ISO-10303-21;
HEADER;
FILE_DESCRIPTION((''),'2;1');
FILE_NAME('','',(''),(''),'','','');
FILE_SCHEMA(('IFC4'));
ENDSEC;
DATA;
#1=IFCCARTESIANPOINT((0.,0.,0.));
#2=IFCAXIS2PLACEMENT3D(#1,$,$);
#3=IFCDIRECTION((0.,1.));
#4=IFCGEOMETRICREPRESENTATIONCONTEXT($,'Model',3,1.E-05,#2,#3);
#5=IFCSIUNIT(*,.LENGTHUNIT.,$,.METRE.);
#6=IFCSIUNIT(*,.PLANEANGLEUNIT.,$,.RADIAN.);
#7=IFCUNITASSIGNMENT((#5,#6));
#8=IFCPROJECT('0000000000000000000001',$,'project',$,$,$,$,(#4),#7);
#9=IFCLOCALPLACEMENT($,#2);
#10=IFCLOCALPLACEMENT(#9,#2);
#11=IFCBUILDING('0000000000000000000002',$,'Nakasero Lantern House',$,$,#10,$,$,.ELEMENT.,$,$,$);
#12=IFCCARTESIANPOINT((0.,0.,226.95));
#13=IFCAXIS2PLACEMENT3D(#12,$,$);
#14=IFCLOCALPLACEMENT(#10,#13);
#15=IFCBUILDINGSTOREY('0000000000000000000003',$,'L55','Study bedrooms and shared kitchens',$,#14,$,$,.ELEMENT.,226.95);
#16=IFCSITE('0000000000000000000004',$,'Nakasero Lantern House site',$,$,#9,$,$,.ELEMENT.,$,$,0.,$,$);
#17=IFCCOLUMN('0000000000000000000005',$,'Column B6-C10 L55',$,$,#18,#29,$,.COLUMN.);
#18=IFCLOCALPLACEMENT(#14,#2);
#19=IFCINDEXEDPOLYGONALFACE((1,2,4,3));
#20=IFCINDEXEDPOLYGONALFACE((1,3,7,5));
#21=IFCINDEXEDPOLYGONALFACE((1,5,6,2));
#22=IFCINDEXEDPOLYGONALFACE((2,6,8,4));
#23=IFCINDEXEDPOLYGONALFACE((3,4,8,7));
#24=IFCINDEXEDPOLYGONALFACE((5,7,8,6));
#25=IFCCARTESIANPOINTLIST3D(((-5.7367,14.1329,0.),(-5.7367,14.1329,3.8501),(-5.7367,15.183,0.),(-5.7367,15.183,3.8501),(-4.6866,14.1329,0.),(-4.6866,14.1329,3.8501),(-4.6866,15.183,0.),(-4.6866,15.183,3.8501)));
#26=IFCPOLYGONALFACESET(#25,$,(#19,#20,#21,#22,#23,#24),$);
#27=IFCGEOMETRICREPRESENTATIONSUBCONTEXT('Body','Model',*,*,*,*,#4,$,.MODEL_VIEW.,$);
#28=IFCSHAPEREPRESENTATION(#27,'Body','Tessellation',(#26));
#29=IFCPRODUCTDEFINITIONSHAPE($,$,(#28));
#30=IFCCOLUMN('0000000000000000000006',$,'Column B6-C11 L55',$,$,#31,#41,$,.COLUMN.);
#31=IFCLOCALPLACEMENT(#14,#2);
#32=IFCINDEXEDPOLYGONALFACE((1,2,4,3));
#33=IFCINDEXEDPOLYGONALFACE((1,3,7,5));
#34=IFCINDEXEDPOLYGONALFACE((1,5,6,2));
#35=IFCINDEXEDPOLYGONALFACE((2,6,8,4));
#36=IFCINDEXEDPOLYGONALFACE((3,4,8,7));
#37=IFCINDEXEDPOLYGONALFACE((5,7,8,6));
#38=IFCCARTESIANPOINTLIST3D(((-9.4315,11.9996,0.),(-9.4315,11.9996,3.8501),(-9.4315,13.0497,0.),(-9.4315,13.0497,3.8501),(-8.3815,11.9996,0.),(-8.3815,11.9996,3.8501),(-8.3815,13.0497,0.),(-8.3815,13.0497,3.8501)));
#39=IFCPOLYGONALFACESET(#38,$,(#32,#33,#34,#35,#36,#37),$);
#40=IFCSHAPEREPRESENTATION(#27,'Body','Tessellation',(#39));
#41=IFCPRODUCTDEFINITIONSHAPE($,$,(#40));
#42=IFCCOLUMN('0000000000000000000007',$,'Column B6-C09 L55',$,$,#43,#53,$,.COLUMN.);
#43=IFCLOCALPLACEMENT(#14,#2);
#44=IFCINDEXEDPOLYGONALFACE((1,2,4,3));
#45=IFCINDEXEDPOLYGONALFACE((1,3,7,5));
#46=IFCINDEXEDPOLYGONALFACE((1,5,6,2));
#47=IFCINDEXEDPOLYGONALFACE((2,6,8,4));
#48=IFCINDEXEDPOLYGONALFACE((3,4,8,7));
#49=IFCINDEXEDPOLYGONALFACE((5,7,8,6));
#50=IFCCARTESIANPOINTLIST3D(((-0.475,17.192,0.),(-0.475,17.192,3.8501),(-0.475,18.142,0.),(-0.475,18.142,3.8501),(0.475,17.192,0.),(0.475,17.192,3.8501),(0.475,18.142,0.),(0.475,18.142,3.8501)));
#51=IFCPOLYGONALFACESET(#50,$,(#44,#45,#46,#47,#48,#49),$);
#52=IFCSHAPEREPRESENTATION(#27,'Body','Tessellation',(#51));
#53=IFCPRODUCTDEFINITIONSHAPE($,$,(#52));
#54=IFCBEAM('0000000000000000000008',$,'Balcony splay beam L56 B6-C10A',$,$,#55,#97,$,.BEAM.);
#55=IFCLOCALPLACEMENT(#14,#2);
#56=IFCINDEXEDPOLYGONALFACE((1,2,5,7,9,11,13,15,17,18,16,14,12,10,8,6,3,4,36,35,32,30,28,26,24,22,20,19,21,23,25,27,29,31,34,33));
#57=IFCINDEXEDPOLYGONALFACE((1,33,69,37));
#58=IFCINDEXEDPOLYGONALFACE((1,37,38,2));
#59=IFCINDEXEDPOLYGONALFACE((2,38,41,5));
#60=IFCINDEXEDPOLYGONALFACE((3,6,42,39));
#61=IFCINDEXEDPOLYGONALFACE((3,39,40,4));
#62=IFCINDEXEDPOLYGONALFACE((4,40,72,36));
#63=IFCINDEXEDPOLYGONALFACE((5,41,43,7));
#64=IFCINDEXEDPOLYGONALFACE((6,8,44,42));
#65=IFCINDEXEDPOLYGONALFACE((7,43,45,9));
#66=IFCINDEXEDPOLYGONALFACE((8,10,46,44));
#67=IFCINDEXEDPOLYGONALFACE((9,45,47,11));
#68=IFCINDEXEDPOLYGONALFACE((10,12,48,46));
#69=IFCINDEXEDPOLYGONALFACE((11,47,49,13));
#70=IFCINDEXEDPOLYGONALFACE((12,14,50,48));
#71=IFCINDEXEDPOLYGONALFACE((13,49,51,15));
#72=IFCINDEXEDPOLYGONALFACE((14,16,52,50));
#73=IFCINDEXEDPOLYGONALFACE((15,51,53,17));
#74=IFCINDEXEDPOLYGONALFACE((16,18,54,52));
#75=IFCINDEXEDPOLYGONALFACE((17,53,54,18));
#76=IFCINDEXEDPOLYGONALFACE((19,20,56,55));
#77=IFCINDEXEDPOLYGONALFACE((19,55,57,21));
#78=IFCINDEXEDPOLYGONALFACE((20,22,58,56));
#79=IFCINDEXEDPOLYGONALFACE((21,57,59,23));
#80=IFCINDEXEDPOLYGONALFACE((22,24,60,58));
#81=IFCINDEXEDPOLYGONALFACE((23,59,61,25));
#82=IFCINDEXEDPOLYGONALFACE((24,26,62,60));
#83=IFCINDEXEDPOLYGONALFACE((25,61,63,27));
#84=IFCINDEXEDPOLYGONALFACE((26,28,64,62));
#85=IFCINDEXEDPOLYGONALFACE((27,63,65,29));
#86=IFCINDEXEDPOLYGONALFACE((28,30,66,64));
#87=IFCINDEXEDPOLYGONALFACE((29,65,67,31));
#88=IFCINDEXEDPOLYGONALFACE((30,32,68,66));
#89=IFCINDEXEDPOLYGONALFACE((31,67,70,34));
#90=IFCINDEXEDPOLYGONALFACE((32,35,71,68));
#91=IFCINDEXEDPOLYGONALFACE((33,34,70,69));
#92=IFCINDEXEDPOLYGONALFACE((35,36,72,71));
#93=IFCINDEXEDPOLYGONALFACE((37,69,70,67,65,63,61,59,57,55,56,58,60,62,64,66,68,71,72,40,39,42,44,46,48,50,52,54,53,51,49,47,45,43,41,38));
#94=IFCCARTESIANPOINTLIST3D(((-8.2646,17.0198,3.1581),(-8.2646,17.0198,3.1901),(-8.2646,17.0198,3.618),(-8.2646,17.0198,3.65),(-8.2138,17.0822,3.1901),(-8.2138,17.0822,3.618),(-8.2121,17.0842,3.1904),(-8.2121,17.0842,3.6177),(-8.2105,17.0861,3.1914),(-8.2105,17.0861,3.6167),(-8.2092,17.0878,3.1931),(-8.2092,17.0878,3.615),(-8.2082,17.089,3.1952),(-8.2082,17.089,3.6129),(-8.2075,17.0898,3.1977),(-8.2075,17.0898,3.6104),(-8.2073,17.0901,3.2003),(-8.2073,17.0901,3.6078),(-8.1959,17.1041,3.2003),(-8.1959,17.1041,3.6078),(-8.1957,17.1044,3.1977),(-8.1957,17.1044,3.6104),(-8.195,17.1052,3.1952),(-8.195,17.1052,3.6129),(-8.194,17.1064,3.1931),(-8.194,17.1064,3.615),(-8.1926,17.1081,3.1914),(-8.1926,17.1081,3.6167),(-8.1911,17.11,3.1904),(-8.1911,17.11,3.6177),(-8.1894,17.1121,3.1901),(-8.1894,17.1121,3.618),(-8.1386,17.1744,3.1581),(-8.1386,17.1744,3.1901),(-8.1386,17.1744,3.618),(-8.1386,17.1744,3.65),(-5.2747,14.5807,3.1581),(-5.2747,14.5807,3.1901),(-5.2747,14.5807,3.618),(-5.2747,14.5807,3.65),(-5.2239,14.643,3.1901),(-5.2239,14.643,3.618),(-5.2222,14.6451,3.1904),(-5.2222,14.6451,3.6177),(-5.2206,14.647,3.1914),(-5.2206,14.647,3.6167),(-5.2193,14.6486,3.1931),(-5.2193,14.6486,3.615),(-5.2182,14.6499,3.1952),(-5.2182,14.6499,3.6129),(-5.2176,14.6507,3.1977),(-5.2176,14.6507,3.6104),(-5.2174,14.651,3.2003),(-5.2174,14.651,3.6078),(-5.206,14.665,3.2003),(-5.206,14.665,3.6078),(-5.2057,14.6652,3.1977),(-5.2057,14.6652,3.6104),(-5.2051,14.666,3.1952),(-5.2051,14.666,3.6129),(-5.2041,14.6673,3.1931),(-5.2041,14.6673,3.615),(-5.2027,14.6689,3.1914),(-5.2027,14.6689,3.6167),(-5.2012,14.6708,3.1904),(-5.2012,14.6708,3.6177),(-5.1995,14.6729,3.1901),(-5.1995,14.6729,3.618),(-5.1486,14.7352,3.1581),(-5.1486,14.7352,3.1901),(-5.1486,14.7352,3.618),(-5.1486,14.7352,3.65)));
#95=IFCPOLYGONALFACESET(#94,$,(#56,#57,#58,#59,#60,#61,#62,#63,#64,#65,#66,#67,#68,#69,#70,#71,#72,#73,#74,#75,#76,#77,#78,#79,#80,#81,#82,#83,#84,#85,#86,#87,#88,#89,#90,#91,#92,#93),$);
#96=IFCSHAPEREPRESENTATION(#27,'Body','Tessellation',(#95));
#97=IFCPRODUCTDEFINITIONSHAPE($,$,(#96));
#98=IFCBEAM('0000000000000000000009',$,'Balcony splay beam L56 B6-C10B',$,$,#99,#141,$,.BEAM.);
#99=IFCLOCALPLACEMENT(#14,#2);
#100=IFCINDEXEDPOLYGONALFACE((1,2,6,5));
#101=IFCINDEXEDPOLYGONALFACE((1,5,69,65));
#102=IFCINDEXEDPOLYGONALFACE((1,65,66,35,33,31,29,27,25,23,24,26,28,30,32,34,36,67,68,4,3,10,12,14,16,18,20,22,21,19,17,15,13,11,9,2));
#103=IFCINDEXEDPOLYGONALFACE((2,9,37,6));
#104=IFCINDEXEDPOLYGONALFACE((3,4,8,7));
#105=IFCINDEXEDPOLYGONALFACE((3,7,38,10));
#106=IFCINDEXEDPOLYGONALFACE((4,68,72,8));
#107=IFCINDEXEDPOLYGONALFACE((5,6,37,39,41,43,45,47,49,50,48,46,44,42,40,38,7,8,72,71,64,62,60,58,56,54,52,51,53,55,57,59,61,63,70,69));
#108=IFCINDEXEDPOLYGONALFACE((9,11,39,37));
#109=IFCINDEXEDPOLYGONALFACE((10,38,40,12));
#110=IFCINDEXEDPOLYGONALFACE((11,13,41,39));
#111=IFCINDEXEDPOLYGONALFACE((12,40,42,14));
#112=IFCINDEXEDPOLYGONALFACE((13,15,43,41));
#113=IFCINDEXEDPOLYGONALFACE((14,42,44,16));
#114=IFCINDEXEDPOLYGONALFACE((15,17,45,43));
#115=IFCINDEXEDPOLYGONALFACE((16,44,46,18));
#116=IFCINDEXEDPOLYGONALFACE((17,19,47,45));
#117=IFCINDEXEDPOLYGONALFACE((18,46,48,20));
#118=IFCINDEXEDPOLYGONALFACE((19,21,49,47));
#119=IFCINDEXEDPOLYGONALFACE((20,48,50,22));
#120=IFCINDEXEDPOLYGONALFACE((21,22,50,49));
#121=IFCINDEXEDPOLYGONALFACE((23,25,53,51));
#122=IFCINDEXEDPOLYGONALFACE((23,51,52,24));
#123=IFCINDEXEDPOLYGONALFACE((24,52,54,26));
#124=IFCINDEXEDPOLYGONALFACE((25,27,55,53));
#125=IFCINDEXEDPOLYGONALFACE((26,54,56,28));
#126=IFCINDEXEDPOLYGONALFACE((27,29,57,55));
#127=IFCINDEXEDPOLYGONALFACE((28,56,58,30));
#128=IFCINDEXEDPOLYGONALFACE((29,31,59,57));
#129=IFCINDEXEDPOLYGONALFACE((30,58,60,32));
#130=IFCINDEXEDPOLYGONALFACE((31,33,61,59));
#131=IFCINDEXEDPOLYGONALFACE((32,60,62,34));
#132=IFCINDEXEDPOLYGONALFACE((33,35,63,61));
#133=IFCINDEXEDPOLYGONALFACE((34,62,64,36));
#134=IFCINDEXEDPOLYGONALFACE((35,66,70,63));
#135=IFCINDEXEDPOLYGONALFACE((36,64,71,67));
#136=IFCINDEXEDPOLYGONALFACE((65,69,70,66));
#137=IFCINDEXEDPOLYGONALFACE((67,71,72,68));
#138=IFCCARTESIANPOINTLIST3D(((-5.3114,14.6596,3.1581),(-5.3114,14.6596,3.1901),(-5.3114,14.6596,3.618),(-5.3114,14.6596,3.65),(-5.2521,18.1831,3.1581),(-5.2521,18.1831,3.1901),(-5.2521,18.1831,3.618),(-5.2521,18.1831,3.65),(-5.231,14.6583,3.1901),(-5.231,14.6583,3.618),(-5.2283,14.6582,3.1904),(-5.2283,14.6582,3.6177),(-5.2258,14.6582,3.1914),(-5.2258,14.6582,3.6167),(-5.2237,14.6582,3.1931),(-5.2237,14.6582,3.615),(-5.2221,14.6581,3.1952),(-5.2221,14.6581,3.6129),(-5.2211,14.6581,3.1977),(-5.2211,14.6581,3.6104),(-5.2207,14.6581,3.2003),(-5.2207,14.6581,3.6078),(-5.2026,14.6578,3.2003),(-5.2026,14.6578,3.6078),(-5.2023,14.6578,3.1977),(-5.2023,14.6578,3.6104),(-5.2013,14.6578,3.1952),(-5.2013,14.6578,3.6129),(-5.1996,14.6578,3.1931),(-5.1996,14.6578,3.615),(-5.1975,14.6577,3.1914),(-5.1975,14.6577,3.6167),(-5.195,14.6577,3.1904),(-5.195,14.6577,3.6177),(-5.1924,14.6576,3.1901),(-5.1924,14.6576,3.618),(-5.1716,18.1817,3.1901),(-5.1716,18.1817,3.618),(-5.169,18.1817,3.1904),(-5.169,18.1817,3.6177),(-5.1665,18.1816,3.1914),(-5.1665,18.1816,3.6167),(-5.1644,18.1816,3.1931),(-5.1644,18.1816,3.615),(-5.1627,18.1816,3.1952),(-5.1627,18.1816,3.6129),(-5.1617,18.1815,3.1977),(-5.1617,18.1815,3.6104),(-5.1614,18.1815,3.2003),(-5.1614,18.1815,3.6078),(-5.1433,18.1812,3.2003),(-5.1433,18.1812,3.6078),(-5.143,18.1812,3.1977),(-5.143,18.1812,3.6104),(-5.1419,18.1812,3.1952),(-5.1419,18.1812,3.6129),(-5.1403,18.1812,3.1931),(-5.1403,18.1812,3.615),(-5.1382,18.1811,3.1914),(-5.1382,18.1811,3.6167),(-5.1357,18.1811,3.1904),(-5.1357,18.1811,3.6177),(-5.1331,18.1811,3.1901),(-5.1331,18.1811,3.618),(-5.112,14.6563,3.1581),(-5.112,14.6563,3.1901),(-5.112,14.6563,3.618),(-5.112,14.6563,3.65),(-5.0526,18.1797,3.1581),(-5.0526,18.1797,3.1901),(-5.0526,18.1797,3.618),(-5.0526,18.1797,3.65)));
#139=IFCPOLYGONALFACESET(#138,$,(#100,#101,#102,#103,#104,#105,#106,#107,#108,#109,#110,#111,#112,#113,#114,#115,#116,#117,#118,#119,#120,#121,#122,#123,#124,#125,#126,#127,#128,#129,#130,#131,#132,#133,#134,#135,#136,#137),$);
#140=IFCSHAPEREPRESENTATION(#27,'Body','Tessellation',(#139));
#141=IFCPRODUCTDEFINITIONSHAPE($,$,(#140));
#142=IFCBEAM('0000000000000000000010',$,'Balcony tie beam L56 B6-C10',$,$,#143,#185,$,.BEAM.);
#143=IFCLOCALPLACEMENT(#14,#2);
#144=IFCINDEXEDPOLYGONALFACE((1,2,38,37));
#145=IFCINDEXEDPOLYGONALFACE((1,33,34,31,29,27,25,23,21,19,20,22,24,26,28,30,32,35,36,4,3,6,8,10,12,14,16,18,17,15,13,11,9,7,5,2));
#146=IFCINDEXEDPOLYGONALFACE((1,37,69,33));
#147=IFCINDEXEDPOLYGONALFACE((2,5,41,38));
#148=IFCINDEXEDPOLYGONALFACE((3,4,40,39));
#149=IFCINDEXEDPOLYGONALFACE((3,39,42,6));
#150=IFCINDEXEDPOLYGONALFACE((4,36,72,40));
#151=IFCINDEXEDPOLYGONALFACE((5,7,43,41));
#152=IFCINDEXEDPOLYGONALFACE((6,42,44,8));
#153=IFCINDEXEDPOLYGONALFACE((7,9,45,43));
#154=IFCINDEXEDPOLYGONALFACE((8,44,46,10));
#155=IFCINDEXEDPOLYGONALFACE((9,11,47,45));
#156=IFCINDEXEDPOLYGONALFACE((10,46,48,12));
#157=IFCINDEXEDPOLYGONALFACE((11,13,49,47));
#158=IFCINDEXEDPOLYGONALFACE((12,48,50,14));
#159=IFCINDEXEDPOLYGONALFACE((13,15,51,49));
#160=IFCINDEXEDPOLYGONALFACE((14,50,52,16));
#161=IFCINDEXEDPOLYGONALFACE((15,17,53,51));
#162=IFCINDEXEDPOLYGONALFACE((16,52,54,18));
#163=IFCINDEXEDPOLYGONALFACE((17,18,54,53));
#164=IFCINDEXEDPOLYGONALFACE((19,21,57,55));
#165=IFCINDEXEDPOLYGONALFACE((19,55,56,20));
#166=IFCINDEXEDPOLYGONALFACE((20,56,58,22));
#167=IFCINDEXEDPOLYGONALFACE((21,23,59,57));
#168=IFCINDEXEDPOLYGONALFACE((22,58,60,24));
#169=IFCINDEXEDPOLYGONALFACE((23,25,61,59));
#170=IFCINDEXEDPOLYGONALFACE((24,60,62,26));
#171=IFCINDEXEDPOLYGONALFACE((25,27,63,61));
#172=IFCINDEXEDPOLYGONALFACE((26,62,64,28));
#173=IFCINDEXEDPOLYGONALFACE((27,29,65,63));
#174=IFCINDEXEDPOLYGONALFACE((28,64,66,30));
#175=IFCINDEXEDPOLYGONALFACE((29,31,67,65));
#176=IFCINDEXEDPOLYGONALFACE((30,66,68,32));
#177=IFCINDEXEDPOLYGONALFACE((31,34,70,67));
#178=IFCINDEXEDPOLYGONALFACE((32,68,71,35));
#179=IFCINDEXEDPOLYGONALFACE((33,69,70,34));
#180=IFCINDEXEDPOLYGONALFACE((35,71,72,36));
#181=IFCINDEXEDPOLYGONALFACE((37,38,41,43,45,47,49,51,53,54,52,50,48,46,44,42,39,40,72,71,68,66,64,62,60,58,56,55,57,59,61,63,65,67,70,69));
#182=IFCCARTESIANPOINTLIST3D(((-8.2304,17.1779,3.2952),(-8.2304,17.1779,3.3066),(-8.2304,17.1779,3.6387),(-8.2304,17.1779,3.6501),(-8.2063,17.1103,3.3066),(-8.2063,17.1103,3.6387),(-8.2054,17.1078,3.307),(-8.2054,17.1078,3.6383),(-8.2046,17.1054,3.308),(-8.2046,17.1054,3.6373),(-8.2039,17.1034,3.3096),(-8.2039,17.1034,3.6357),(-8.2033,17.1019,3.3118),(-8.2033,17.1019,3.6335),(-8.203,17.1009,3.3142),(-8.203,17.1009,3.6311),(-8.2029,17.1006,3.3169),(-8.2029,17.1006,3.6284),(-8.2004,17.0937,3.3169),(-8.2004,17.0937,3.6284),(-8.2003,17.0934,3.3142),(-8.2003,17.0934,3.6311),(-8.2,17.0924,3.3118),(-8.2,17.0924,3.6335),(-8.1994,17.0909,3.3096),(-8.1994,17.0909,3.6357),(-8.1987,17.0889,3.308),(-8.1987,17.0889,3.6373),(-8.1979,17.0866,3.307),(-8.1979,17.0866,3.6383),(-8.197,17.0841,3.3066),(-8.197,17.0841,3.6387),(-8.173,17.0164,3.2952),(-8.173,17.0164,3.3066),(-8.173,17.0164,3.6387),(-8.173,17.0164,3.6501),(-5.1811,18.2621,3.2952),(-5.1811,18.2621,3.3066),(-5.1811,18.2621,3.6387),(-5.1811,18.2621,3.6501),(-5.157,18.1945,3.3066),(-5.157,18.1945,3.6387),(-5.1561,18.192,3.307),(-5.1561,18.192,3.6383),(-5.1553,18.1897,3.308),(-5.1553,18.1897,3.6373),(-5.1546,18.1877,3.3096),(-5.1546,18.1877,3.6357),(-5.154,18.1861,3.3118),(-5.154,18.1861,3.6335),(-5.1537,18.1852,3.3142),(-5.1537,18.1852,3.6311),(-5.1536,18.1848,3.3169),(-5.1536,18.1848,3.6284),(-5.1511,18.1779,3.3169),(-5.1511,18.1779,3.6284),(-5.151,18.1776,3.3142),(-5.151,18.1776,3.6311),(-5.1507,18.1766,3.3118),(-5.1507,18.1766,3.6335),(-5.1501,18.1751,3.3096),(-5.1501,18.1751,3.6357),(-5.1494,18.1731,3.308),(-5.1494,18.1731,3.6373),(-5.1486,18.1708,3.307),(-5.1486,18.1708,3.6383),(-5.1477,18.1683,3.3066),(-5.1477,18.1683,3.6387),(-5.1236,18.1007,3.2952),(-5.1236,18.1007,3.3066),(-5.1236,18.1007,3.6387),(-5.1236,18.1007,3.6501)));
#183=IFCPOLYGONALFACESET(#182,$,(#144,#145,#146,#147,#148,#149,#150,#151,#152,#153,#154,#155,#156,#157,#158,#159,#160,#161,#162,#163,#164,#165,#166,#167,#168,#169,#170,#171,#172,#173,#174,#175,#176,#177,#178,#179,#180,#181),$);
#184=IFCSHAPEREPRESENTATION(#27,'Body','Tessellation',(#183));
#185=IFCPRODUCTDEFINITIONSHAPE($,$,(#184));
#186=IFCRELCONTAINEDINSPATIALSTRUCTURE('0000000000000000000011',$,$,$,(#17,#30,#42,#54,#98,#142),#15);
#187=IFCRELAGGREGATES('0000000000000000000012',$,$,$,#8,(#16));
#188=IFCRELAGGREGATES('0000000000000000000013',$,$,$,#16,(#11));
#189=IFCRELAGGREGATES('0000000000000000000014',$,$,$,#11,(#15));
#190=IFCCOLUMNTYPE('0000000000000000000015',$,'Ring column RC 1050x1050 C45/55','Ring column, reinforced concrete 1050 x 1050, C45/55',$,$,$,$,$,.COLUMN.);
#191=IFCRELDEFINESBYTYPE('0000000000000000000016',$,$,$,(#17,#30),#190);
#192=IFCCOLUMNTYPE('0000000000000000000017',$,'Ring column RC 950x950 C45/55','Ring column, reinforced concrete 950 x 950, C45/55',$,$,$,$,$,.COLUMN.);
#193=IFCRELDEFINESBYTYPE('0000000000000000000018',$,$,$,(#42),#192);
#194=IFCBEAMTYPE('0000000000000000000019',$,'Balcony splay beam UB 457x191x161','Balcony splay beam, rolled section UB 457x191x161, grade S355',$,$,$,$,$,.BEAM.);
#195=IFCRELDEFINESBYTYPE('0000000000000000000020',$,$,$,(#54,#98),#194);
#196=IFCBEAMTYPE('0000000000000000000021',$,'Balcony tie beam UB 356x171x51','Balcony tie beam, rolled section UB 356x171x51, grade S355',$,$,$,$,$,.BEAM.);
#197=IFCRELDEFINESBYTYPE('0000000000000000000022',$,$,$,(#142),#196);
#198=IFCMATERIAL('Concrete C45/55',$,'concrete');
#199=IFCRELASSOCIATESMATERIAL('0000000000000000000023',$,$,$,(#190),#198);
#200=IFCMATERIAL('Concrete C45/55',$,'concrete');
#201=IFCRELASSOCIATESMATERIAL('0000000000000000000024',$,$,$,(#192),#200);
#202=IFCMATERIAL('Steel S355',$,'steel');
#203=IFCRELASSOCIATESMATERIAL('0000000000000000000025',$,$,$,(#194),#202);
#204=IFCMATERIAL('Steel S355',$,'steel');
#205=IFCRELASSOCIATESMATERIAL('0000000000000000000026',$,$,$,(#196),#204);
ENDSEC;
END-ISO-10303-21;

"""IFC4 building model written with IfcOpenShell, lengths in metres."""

from ifc_helpers import new_model, si_unit, direction, frame, origin, origin_2d, place, context, subcontext, project, spatial, rectangle, i_section, extrude, material, material_profile, profile_set, type_object, element, save


model = new_model("IFC4")

# Units and contexts
model_context = context("Model", 3, precision=1e-05, world=origin(), true_north=direction((0.0, 1.0)))
body_context = subcontext(model_context, "Body", "Model", "MODEL_VIEW")
ifc_project = project(units=[si_unit("LENGTHUNIT", "METRE"), si_unit("PLANEANGLEUNIT", "RADIAN")], contexts=[model_context])

# Site, building, storey
site_placement = place(None, origin())
site = spatial("IfcSite", under=ifc_project, at=site_placement, Name="Nakasero Lantern House site", CompositionType="ELEMENT", RefElevation=0.0)
building_placement = place(site_placement, origin())
building = spatial("IfcBuilding", under=site, at=building_placement, Name="Nakasero Lantern House", CompositionType="ELEMENT")
storey_placement = place(building_placement, frame((0.0, 0.0, 226.95)))
storey = spatial("IfcBuildingStorey", under=building, at=storey_placement, Name="L55", Description="Study bedrooms and shared kitchens", CompositionType="ELEMENT", Elevation=226.95)

# Columns
ifc_material_1 = material(Name="Concrete C45/55", Category="concrete")
ifc_material_profile_1 = material_profile(ifc_material_1, rectangle(XDim=1.05, YDim=1.05, at=origin_2d()), Name="RC 1050x1050")
ifc_profile_set_1 = profile_set([ifc_material_profile_1], Name="Concrete C45/55")
column_type_1 = type_object("IfcColumnType", Name="Ring column RC 1050x1050 C45/55", Description="Ring column, reinforced concrete 1050 x 1050, C45/55", PredefinedType="COLUMN", material=ifc_profile_set_1)
for number, where, z_axis, x_axis, name in (
    (1, (-5.2117, 14.658, 0.0), (0.0, 0.0, 1.0), (1.0, 0.0, 0.0), "Column B6-C10 L55"),
    (2, (-8.9065, 12.5247, 0.0), (0.0, 0.0, 1.0), (1.0, 0.0, 0.0), "Column B6-C11 L55"),
):
    element("IfcColumn", number, at=place(storey_placement, frame(where, z_axis=z_axis, x_axis=x_axis)), inside=storey, type_object=column_type_1, Name=name, PredefinedType="COLUMN", context=body_context, shape_type="SweptSolid", body=[
        extrude(rectangle(XDim=1.05, YDim=1.05, at=origin_2d()), origin(), (0.0, 0.0, 1.0), 3.8501),
    ])
ifc_material_2 = material(Name="Concrete C45/55", Category="concrete")
ifc_material_profile_2 = material_profile(ifc_material_2, rectangle(XDim=0.95, YDim=0.95, at=origin_2d()), Name="RC 950x950")
ifc_profile_set_2 = profile_set([ifc_material_profile_2], Name="Concrete C45/55")
column_type_2 = type_object("IfcColumnType", Name="Ring column RC 950x950 C45/55", Description="Ring column, reinforced concrete 950 x 950, C45/55", PredefinedType="COLUMN", material=ifc_profile_set_2)
column_placement = place(storey_placement, frame((0.0, 17.667, 0.0), z_axis=(0.0, 0.0, 1.0), x_axis=(1.0, 0.0, 0.0)))
element("IfcColumn", 3, at=column_placement, inside=storey, type_object=column_type_2, Name="Column B6-C09 L55", PredefinedType="COLUMN", context=body_context, shape_type="SweptSolid", body=[
    extrude(rectangle(XDim=0.95, YDim=0.95, at=origin_2d()), origin(), (0.0, 0.0, 1.0), 3.8501),
])

# Beams
ifc_material_3 = material(Name="Steel S355", Category="steel")
ifc_material_profile_3 = material_profile(ifc_material_3, i_section(OverallWidth=0.1995, OverallDepth=0.4919, WebThickness=0.0181, FlangeThickness=0.032, FilletRadius=0.0103, at=origin_2d()), Name="UB 457x191x161")
ifc_profile_set_3 = profile_set([ifc_material_profile_3], Name="Steel S355")
beam_type_1 = type_object("IfcBeamType", Name="Balcony splay beam UB 457x191x161", Description="Balcony splay beam, rolled section UB 457x191x161, grade S355", PredefinedType="BEAM", material=ifc_profile_set_3)
beam_1_placement = place(storey_placement, frame((-5.2117, 14.658, 3.4041), z_axis=(-0.774864, 0.632128, 0.0), x_axis=(-0.632128, -0.774864, 0.0)))
element("IfcBeam", 4, at=beam_1_placement, inside=storey, type_object=beam_type_1, Name="Balcony splay beam L56 B6-C10A", PredefinedType="BEAM", context=body_context, shape_type="SweptSolid", body=[
    extrude(i_section(OverallWidth=0.1995, OverallDepth=0.4919, WebThickness=0.0181, FlangeThickness=0.032, FilletRadius=0.0103, at=origin_2d()), origin(), (0.0, 0.0, 1.0), 3.8586),
])
beam_2_placement = place(storey_placement, frame((-5.2117, 14.658, 3.4041), z_axis=(0.016835, 0.999858, 0.0), x_axis=(-0.999858, 0.016835, 0.0)))
element("IfcBeam", 5, at=beam_2_placement, inside=storey, type_object=beam_type_1, Name="Balcony splay beam L56 B6-C10B", PredefinedType="BEAM", context=body_context, shape_type="SweptSolid", body=[
    extrude(i_section(OverallWidth=0.1995, OverallDepth=0.4919, WebThickness=0.0181, FlangeThickness=0.032, FilletRadius=0.0103, at=origin_2d()), origin(), (0.0, 0.0, 1.0), 3.5239),
])
ifc_material_4 = material(Name="Steel S355", Category="steel")
ifc_material_profile_4 = material_profile(ifc_material_4, i_section(OverallWidth=0.1714, OverallDepth=0.355, WebThickness=0.0073, FlangeThickness=0.0115, FilletRadius=0.0103, at=origin_2d()), Name="UB 356x171x51")
ifc_profile_set_4 = profile_set([ifc_material_profile_4], Name="Steel S355")
beam_type_2 = type_object("IfcBeamType", Name="Balcony tie beam UB 356x171x51", Description="Balcony tie beam, rolled section UB 356x171x51, grade S355", PredefinedType="BEAM", material=ifc_profile_set_4)
beam_3_placement = place(storey_placement, frame((-8.2017, 17.0972, 3.4727), z_axis=(0.942212, 0.335017, 0.0), x_axis=(-0.335017, 0.942212, 0.0)))
element("IfcBeam", 6, at=beam_3_placement, inside=storey, type_object=beam_type_2, Name="Balcony tie beam L56 B6-C10", PredefinedType="BEAM", context=body_context, shape_type="SweptSolid", body=[
    extrude(i_section(OverallWidth=0.1714, OverallDepth=0.355, WebThickness=0.0073, FlangeThickness=0.0115, FilletRadius=0.0103, at=origin_2d()), origin(), (0.0, 0.0, 1.0), 3.2363),
])

save(model, "model.ifc")
